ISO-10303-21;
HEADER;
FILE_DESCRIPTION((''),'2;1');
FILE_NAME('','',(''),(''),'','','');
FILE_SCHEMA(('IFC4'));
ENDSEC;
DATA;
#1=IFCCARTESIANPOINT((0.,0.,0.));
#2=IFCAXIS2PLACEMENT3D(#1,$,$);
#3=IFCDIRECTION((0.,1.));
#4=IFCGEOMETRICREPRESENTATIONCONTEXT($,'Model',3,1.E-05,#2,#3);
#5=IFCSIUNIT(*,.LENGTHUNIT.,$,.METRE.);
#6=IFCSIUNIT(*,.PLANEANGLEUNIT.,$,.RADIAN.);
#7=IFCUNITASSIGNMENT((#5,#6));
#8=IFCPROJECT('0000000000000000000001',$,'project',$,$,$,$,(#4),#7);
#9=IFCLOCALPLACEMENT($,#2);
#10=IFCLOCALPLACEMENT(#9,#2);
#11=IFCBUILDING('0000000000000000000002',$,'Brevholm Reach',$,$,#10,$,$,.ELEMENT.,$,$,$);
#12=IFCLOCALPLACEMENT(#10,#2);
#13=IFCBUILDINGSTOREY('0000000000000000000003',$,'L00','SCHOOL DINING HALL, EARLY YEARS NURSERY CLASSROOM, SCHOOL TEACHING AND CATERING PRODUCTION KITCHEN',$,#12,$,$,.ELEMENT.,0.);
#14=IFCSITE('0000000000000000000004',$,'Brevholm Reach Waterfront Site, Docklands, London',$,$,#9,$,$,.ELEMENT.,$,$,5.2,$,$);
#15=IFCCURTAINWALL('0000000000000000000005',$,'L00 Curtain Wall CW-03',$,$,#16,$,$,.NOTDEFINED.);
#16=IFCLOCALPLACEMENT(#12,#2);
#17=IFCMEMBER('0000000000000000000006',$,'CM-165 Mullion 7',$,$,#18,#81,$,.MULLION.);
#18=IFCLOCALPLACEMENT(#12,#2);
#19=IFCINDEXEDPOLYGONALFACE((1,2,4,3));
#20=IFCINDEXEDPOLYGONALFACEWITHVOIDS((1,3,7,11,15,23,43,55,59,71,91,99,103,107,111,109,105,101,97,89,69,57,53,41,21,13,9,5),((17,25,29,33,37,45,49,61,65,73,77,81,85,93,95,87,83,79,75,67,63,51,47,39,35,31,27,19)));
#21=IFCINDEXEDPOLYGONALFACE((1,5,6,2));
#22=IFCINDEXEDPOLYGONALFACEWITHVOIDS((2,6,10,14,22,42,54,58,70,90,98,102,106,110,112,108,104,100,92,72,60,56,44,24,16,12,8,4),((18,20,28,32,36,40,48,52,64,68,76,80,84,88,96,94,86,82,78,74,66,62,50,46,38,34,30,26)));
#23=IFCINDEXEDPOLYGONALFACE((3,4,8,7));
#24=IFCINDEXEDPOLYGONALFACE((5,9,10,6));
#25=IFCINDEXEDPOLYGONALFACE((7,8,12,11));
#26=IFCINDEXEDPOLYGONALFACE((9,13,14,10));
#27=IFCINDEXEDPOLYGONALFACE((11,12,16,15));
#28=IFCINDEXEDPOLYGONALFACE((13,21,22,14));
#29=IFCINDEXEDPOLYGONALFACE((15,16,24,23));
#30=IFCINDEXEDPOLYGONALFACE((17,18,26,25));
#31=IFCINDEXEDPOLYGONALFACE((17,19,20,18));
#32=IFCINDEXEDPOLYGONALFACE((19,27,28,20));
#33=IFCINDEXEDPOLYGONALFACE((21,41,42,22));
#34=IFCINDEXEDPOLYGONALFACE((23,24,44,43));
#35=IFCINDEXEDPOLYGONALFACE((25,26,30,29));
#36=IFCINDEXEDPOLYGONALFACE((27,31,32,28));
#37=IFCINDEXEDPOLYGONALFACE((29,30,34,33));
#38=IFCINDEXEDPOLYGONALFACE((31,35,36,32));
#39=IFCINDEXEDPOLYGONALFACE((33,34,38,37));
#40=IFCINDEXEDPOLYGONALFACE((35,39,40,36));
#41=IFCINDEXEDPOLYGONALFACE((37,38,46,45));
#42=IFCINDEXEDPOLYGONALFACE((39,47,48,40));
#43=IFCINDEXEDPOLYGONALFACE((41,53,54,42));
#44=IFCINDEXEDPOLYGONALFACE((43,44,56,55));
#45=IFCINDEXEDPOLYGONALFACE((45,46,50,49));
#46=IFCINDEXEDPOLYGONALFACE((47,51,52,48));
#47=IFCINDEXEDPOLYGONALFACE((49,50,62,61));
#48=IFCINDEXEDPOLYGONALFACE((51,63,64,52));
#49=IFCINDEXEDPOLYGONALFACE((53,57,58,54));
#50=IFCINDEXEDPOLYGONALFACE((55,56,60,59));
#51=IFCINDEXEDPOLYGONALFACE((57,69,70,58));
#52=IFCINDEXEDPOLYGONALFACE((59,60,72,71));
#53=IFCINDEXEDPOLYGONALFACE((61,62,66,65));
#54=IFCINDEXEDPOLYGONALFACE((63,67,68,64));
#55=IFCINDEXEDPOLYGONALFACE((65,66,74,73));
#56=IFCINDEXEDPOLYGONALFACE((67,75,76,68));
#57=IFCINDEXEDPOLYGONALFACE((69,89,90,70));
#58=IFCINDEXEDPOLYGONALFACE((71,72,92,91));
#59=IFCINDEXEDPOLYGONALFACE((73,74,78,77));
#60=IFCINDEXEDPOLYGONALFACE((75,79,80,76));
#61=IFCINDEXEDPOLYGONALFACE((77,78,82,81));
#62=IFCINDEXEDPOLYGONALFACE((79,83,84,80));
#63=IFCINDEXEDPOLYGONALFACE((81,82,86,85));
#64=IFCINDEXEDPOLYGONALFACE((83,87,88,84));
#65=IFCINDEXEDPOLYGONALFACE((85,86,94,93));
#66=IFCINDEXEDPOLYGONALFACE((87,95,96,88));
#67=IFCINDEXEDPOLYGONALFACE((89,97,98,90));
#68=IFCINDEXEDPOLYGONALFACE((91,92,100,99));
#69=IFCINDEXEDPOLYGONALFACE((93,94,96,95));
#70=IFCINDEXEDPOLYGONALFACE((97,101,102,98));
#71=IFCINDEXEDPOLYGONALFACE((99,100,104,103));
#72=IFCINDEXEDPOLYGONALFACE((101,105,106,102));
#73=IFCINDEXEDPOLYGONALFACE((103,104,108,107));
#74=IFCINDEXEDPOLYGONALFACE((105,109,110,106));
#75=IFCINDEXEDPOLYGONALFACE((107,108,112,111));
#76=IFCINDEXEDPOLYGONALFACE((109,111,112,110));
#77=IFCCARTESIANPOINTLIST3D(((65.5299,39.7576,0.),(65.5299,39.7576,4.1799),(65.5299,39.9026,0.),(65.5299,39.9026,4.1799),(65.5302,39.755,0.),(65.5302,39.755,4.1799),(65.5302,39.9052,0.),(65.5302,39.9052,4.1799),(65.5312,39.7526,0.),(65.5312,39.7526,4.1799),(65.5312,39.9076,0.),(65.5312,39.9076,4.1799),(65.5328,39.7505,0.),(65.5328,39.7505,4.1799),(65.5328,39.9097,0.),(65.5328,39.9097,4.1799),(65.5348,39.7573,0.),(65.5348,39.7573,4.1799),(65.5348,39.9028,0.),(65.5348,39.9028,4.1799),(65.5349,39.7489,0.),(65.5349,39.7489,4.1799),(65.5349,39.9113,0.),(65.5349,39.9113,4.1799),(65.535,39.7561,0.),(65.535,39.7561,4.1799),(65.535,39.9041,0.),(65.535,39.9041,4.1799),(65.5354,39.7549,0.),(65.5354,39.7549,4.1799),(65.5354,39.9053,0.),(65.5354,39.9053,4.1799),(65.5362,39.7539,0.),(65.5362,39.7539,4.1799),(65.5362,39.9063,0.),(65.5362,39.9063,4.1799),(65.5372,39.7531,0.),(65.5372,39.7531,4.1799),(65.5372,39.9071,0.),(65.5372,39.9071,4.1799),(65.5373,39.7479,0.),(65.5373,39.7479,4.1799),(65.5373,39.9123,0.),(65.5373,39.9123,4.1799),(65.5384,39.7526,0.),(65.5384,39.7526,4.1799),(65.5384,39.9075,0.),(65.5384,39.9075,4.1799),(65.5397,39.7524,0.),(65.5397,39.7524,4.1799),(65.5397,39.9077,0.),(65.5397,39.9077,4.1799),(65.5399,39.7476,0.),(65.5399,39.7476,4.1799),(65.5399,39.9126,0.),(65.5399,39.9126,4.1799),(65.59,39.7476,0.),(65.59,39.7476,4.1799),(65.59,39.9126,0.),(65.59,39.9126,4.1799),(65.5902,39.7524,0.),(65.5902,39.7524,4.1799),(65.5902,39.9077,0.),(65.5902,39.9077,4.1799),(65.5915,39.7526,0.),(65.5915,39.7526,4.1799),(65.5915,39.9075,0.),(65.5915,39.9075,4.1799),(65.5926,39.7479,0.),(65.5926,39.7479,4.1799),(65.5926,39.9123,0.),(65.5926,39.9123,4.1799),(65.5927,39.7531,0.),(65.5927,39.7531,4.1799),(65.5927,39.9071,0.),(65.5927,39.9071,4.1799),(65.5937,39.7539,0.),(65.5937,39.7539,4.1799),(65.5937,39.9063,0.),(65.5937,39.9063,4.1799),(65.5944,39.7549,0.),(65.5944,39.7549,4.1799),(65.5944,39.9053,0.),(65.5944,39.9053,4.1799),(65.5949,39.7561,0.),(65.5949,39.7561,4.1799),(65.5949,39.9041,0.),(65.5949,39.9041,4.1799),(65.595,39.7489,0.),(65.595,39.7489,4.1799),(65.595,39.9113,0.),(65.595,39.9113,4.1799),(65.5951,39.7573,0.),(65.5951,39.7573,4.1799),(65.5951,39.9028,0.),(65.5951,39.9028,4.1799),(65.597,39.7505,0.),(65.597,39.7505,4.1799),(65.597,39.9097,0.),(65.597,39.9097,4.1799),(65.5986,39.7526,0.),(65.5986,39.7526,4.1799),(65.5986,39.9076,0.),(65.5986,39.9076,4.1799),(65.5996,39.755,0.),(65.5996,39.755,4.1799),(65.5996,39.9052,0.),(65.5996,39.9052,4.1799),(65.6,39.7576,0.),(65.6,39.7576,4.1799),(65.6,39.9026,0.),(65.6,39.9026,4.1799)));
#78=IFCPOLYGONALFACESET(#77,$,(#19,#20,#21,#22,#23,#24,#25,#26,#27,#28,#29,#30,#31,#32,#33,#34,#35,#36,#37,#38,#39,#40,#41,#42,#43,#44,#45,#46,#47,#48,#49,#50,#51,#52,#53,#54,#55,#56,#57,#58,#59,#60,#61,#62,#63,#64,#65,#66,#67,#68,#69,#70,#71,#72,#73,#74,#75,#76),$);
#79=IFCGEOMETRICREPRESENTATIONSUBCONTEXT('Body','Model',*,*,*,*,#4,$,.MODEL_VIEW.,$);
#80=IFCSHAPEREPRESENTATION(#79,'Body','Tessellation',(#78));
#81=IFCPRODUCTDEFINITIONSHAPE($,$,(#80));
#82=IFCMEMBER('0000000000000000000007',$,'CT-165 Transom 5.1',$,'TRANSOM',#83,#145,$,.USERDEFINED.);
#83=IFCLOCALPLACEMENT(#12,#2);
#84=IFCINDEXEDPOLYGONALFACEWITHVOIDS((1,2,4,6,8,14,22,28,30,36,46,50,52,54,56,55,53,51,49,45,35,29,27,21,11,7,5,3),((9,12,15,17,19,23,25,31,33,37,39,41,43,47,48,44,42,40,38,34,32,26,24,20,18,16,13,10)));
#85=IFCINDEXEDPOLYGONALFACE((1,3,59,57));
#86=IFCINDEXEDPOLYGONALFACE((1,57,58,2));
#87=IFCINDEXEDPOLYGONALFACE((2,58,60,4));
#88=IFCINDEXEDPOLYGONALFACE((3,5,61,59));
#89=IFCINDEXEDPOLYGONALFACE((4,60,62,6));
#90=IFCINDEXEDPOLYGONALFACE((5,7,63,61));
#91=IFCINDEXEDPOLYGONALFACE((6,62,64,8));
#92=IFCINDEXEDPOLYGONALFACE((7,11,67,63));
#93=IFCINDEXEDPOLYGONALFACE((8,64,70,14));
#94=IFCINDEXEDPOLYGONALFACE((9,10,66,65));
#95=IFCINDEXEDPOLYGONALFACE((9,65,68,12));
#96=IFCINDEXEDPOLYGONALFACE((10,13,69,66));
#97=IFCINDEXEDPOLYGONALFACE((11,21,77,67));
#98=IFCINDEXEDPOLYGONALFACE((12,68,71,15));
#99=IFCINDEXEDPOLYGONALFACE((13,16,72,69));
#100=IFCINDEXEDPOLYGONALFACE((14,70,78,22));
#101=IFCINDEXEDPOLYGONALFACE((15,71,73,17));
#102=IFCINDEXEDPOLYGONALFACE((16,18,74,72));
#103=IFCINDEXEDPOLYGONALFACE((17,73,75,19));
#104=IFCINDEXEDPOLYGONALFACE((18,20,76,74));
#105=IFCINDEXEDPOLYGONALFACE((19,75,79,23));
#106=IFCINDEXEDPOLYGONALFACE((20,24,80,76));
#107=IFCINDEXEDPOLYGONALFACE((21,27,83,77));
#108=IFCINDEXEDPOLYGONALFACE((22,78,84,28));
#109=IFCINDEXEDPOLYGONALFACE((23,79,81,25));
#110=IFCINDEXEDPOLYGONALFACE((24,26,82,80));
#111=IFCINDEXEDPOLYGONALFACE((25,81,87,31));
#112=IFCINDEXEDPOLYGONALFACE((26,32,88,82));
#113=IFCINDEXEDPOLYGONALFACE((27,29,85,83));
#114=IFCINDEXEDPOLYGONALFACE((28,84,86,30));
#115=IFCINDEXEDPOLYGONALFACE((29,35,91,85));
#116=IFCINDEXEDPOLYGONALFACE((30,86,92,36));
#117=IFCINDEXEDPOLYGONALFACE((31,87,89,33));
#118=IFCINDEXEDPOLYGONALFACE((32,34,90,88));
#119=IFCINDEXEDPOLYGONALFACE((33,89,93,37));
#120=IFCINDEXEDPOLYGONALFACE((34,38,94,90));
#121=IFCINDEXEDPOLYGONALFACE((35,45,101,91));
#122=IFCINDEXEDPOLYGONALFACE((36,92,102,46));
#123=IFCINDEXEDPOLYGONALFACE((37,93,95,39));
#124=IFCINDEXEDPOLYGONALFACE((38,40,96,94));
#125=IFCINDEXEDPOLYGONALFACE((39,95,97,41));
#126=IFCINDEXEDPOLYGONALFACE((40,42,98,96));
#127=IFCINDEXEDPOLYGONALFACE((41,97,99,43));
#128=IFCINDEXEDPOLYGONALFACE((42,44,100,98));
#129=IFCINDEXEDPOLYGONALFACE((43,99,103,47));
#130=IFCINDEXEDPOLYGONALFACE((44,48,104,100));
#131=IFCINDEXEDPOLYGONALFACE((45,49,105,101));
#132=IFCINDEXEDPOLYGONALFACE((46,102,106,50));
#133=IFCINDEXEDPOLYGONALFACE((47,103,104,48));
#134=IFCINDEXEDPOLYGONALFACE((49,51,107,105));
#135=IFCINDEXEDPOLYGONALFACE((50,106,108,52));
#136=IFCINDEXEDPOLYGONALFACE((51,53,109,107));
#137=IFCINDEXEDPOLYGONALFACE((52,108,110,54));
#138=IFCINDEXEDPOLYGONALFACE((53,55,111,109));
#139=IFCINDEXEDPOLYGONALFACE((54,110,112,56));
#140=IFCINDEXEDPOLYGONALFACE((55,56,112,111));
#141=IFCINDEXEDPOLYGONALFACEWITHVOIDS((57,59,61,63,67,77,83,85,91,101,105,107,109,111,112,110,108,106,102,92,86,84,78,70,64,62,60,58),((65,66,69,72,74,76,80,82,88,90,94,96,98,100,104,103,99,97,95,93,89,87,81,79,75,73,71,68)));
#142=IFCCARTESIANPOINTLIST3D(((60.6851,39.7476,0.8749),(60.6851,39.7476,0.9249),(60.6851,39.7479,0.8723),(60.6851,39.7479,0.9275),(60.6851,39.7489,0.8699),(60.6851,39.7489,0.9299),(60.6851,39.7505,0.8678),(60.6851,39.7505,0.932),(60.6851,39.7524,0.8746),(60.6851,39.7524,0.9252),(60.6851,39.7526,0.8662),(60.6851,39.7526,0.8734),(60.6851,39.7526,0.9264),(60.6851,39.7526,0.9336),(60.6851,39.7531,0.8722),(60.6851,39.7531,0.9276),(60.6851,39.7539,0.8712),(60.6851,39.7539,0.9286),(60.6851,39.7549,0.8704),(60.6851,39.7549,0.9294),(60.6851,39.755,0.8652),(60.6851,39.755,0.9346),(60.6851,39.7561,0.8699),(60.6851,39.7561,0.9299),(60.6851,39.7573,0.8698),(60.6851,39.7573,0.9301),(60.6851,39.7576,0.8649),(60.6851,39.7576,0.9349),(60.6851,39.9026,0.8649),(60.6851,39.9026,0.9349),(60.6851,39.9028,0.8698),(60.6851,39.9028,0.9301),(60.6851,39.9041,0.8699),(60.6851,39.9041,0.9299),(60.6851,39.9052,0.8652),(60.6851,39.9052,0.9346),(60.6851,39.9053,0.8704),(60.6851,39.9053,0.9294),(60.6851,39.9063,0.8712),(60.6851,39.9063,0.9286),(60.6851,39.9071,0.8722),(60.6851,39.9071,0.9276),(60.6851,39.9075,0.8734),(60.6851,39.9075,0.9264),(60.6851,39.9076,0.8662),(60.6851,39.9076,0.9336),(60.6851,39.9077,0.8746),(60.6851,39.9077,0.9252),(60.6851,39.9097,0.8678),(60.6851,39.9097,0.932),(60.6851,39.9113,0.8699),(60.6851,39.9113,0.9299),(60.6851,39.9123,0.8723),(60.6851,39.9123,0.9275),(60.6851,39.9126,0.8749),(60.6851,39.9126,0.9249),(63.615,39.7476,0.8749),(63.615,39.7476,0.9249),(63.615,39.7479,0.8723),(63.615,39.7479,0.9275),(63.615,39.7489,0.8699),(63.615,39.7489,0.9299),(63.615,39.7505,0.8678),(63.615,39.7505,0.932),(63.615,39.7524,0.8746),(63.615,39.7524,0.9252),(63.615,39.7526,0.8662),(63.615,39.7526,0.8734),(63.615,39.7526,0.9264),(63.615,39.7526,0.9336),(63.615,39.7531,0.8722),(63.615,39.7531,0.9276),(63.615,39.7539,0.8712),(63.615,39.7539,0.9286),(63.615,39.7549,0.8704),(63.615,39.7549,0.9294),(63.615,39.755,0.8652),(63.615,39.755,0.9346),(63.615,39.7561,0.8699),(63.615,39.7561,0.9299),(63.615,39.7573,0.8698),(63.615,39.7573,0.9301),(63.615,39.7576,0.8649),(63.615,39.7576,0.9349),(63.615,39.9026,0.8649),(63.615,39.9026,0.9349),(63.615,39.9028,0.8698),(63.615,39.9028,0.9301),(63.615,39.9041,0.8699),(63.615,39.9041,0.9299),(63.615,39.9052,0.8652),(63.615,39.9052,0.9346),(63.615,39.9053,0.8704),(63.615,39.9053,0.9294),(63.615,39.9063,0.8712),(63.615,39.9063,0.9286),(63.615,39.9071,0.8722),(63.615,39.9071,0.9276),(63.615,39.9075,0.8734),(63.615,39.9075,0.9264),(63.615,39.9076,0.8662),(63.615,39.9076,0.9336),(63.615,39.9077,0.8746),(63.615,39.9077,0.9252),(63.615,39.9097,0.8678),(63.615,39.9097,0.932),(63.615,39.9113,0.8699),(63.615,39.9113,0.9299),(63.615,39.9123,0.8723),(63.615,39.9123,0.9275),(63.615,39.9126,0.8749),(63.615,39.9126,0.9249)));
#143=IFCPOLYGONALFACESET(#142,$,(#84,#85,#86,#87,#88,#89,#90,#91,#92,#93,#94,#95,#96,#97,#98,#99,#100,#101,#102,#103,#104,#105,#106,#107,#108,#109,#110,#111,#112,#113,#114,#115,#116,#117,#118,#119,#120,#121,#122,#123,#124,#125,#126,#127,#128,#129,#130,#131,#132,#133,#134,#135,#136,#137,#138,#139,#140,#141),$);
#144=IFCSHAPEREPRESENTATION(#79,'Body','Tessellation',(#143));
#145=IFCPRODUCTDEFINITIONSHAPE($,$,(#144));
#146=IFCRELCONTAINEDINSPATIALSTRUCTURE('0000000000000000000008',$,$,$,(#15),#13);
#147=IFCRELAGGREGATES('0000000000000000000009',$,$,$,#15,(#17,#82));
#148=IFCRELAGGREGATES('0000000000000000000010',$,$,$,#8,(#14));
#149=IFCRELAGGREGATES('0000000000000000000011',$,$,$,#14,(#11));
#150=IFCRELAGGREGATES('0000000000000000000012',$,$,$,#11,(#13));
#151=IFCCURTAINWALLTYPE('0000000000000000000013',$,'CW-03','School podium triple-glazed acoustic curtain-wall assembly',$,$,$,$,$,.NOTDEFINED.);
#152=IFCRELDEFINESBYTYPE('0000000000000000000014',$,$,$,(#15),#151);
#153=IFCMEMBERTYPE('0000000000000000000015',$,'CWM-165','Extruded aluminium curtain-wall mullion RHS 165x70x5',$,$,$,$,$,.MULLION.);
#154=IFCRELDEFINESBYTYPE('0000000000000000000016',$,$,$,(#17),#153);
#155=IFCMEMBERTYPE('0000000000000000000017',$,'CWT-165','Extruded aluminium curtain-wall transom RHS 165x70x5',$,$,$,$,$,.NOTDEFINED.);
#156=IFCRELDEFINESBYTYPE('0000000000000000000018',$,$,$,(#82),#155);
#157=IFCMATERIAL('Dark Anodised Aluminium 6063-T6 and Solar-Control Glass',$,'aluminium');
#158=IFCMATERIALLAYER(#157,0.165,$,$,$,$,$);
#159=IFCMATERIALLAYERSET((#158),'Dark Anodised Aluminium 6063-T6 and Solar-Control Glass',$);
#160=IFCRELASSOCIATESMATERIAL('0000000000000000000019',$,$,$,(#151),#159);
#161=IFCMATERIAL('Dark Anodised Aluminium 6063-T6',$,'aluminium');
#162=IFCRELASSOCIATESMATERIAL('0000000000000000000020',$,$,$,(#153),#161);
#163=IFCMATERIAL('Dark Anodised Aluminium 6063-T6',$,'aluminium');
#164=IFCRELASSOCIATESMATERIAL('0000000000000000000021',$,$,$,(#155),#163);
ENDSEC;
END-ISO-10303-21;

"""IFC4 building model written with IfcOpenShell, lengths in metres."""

from ifc_helpers import new_model, si_unit, direction, frame, origin, origin_2d, place, context, subcontext, project, spatial, hollow_rectangle, extrude, material, layer, layer_set, material_profile, profile_set, type_object, element, aggregate, save


model = new_model("IFC4")

# Units and contexts
model_context = context("Model", 3, precision=1e-05, world=origin(), true_north=direction((0.0, 1.0)))
body_context = subcontext(model_context, "Body", "Model", "MODEL_VIEW")
ifc_project = project(units=[si_unit("LENGTHUNIT", "METRE"), si_unit("PLANEANGLEUNIT", "RADIAN")], contexts=[model_context])

# Site, building, storey
site_placement = place(None, origin())
site = spatial("IfcSite", under=ifc_project, at=site_placement, Name="Brevholm Reach Waterfront Site, Docklands, London", CompositionType="ELEMENT", RefElevation=5.2)
building_placement = place(site_placement, origin())
building = spatial("IfcBuilding", under=site, at=building_placement, Name="Brevholm Reach", CompositionType="ELEMENT")
storey_placement = place(building_placement, origin())
storey = spatial("IfcBuildingStorey", under=building, at=storey_placement, Name="L00", Description="SCHOOL DINING HALL, EARLY YEARS NURSERY CLASSROOM, SCHOOL TEACHING AND CATERING PRODUCTION KITCHEN", CompositionType="ELEMENT", Elevation=0.0)

# Curtain wall, members
ifc_material_1 = material(Name="Dark Anodised Aluminium 6063-T6 and Solar-Control Glass", Category="aluminium")
ifc_layer_1 = layer(ifc_material_1, 0.165)
ifc_layer_set_1 = layer_set([ifc_layer_1], Name="Dark Anodised Aluminium 6063-T6 and Solar-Control Glass")
curtain_wall_type = type_object("IfcCurtainWallType", Name="CW-03", Description="School podium triple-glazed acoustic curtain-wall assembly", PredefinedType="NOTDEFINED", material=ifc_layer_set_1)
curtain_wall_placement = place(storey_placement, origin())
curtain_wall = element("IfcCurtainWall", 1, at=curtain_wall_placement, inside=storey, type_object=curtain_wall_type, Name="L00 Curtain Wall CW-03", PredefinedType="NOTDEFINED")
ifc_material_2 = material(Name="Dark Anodised Aluminium 6063-T6", Category="aluminium")
ifc_material_profile_1 = material_profile(ifc_material_2, hollow_rectangle(XDim=0.0701, YDim=0.165, WallThickness=0.0049, InnerFilletRadius=0.0049, OuterFilletRadius=0.01, at=origin_2d()), Name="RHS 165x70x5")
ifc_profile_set_1 = profile_set([ifc_material_profile_1], Name="Dark Anodised Aluminium 6063-T6")
member_type_1 = type_object("IfcMemberType", Name="CWM-165", Description="Extruded aluminium curtain-wall mullion RHS 165x70x5", PredefinedType="MULLION", material=ifc_profile_set_1)
member_1_placement = place(storey_placement, frame((65.5649, 39.8301, 0.0), z_axis=(0.0, 0.0, 1.0), x_axis=(1.0, 0.0, 0.0)))
member_1 = element("IfcMember", 2, at=member_1_placement, type_object=member_type_1, Name="CM-165 Mullion 7", PredefinedType="MULLION", context=body_context, shape_type="SweptSolid", body=[
    extrude(hollow_rectangle(XDim=0.0701, YDim=0.165, WallThickness=0.0049, InnerFilletRadius=0.0049, OuterFilletRadius=0.01, at=origin_2d()), origin(), (0.0, 0.0, 1.0), 4.1799),
])
ifc_material_3 = material(Name="Dark Anodised Aluminium 6063-T6", Category="aluminium")
ifc_material_profile_2 = material_profile(ifc_material_3, hollow_rectangle(XDim=0.0701, YDim=0.165, WallThickness=0.0049, InnerFilletRadius=0.0049, OuterFilletRadius=0.01, at=origin_2d()), Name="RHS 165x70x5")
ifc_profile_set_2 = profile_set([ifc_material_profile_2], Name="Dark Anodised Aluminium 6063-T6")
member_type_2 = type_object("IfcMemberType", Name="CWT-165", Description="Extruded aluminium curtain-wall transom RHS 165x70x5", PredefinedType="NOTDEFINED", material=ifc_profile_set_2)
member_2_placement = place(storey_placement, frame((60.6851, 39.8301, 0.8999), z_axis=(1.0, 0.0, 0.0), x_axis=(0.0, 0.0, 1.0)))
member_2 = element("IfcMember", 3, at=member_2_placement, type_object=member_type_2, Name="CT-165 Transom 5.1", ObjectType="TRANSOM", PredefinedType="USERDEFINED", context=body_context, shape_type="SweptSolid", body=[
    extrude(hollow_rectangle(XDim=0.0701, YDim=0.165, WallThickness=0.0049, InnerFilletRadius=0.0049, OuterFilletRadius=0.01, at=origin_2d()), origin(), (0.0, 0.0, 1.0), 2.9299),
])
aggregate(curtain_wall, [member_1, member_2])

save(model, "model.ifc")
